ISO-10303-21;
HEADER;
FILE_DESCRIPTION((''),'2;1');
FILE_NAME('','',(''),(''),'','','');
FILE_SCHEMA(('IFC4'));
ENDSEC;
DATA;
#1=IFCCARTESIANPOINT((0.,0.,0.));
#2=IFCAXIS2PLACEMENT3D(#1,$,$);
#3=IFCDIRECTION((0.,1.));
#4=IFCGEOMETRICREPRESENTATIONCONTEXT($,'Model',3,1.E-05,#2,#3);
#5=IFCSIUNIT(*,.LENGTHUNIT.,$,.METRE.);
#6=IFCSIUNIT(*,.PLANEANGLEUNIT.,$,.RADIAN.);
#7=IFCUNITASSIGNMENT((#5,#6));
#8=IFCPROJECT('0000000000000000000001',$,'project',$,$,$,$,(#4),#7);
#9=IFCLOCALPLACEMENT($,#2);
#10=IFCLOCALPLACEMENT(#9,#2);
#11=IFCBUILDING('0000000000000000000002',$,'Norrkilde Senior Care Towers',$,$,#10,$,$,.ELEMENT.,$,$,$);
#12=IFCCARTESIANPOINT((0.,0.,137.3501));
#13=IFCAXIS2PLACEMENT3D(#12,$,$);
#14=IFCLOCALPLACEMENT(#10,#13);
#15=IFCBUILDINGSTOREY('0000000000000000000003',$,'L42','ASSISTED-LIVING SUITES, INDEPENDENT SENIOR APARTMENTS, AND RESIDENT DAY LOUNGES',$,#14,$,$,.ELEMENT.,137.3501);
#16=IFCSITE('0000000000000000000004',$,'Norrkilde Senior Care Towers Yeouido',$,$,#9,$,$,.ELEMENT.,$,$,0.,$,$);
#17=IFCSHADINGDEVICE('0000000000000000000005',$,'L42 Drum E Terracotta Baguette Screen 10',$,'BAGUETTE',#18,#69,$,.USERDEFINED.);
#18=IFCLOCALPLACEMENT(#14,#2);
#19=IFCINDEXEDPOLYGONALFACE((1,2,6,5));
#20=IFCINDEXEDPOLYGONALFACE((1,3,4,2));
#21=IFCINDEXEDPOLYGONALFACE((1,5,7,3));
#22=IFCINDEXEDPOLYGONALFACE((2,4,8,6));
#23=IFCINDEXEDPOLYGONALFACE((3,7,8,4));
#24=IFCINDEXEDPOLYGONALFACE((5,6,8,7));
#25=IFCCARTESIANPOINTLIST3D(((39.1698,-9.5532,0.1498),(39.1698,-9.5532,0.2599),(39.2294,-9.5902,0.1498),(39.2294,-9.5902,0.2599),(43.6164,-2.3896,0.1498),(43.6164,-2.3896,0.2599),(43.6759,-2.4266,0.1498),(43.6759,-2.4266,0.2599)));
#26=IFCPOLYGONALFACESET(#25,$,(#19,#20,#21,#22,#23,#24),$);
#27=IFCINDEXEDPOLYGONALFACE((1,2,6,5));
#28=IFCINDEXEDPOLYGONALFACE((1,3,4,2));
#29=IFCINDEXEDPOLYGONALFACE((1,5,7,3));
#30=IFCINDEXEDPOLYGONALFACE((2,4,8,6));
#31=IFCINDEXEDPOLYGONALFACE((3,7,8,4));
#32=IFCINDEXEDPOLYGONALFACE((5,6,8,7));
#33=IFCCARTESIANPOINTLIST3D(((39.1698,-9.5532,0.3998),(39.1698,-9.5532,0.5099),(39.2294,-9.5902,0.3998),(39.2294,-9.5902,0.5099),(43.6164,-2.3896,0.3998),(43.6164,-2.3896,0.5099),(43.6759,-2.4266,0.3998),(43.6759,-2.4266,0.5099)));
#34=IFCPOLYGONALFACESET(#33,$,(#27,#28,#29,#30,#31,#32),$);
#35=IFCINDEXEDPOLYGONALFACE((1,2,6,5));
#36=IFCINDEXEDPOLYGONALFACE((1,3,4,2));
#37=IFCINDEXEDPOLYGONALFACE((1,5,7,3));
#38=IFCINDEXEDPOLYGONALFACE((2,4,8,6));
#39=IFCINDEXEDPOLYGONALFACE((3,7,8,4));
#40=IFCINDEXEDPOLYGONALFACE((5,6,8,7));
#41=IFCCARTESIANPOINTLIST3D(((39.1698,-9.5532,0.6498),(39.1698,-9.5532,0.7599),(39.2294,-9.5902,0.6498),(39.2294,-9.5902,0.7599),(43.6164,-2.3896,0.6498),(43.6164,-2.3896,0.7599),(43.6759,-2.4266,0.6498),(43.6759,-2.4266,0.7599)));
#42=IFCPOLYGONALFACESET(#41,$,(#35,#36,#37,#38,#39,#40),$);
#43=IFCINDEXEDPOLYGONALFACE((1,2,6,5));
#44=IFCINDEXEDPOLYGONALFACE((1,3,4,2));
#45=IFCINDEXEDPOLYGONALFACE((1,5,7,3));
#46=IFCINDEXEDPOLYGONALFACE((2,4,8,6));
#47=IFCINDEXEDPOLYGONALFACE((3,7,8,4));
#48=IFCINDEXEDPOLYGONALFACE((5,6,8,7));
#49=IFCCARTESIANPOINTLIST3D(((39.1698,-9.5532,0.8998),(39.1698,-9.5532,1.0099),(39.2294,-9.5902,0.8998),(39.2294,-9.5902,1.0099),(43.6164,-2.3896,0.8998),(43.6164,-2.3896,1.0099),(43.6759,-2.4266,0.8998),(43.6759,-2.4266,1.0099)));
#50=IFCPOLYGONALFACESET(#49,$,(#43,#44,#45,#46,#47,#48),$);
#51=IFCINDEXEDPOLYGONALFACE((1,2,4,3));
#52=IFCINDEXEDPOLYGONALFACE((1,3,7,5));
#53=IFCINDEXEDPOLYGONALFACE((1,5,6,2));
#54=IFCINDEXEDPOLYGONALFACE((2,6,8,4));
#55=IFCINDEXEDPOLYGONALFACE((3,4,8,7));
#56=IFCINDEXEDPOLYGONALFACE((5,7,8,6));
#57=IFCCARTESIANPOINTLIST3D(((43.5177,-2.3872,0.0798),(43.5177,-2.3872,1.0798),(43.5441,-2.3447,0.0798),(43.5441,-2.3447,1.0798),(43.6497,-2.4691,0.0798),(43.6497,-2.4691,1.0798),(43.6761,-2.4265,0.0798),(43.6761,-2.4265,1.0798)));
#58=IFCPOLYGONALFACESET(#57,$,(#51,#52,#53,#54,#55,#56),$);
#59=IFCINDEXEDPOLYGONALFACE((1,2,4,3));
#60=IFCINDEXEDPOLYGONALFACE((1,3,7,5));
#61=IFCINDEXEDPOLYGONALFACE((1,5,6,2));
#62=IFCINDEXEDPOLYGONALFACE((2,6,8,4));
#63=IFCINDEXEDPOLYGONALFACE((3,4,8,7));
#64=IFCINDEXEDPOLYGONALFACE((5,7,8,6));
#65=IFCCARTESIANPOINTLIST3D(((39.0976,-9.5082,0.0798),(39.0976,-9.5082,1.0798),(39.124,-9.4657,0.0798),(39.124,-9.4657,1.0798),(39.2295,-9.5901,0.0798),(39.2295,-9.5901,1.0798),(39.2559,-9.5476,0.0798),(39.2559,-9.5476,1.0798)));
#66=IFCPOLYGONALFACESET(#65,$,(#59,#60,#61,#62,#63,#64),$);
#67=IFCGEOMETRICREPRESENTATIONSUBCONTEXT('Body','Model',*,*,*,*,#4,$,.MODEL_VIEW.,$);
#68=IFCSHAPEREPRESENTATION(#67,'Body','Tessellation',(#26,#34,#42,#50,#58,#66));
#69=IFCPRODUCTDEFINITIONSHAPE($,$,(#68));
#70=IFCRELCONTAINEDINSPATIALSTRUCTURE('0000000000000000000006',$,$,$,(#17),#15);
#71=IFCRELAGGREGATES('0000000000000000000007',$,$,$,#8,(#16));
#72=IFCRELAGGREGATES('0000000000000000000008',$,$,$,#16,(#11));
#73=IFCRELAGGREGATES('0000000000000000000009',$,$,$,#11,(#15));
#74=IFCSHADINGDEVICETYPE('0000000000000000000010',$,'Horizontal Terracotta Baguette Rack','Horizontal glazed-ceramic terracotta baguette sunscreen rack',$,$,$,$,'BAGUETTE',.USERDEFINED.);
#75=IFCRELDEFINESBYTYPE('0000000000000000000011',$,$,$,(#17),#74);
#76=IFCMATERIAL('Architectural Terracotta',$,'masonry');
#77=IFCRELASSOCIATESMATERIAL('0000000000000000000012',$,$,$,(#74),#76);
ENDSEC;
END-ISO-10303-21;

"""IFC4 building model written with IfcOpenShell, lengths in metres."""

from ifc_helpers import new_model, si_unit, direction, frame, origin, origin_2d, place, context, subcontext, project, spatial, rectangle, extrude, source, transform, mapped, material, type_object, type_shapes, element, save


model = new_model("IFC4")

# Units and contexts
model_context = context("Model", 3, precision=1e-05, world=origin(), true_north=direction((0.0, 1.0)))
body_context = subcontext(model_context, "Body", "Model", "MODEL_VIEW")
ifc_project = project(units=[si_unit("LENGTHUNIT", "METRE"), si_unit("PLANEANGLEUNIT", "RADIAN")], contexts=[model_context])

# Site, building, storey
site_placement = place(None, origin())
site = spatial("IfcSite", under=ifc_project, at=site_placement, Name="Norrkilde Senior Care Towers Yeouido", CompositionType="ELEMENT", RefElevation=0.0)
building_placement = place(site_placement, origin())
building = spatial("IfcBuilding", under=site, at=building_placement, Name="Norrkilde Senior Care Towers", CompositionType="ELEMENT")
storey_placement = place(building_placement, frame((0.0, 0.0, 137.3501)))
storey = spatial("IfcBuildingStorey", under=building, at=storey_placement, Name="L42", Description="ASSISTED-LIVING SUITES, INDEPENDENT SENIOR APARTMENTS, AND RESIDENT DAY LOUNGES", CompositionType="ELEMENT", Elevation=137.3501)

# Shading device
ifc_material_1 = material(Name="Architectural Terracotta", Category="masonry")
shading_device_type = type_object("IfcShadingDeviceType", Name="Horizontal Terracotta Baguette Rack", Description="Horizontal glazed-ceramic terracotta baguette sunscreen rack", ElementType="BAGUETTE", PredefinedType="USERDEFINED", material=ifc_material_1)
shared_shape_1 = source(origin(), body_context, "Body", "SweptSolid", [
    extrude(rectangle(XDim=0.0701, YDim=0.1101, at=origin_2d()), frame((0.0, 0.0901, 0.125), z_axis=(1.0, 0.0, 0.0), x_axis=(0.0, 1.0, 0.0)), (0.0, 0.0, 1.0), 8.4314),
    extrude(rectangle(XDim=0.0701, YDim=0.1101, at=origin_2d()), frame((0.0, 0.0901, 0.375), z_axis=(1.0, 0.0, 0.0), x_axis=(0.0, 1.0, 0.0)), (0.0, 0.0, 1.0), 8.4314),
    extrude(rectangle(XDim=0.0701, YDim=0.1101, at=origin_2d()), frame((0.0, 0.0901, 0.625), z_axis=(1.0, 0.0, 0.0), x_axis=(0.0, 1.0, 0.0)), (0.0, 0.0, 1.0), 8.4314),
    extrude(rectangle(XDim=0.0701, YDim=0.1101, at=origin_2d()), frame((0.0, 0.0901, 0.875), z_axis=(1.0, 0.0, 0.0), x_axis=(0.0, 1.0, 0.0)), (0.0, 0.0, 1.0), 8.4314),
    extrude(rectangle(XDim=0.05, YDim=0.1553, at=origin_2d()), frame((0.0249, 0.0476, 0.0)), (0.0, 0.0, 1.0), 1.0),
    extrude(rectangle(XDim=0.05, YDim=0.1553, at=origin_2d()), frame((8.4062, 0.0476, 0.0)), (0.0, 0.0, 1.0), 1.0),
])
type_shapes(shading_device_type, [shared_shape_1])
shading_device_placement = place(storey_placement, frame((43.5696, -2.3606, 0.0798), z_axis=(0.0, 0.0, 1.0), x_axis=(-0.527378, -0.849631, 0.0)))
element("IfcShadingDevice", 1, at=shading_device_placement, inside=storey, type_object=shading_device_type, Name="L42 Drum E Terracotta Baguette Screen 10", ObjectType="BAGUETTE", PredefinedType="USERDEFINED", context=body_context, shape_type="MappedRepresentation", body=[
    mapped(shared_shape_1, transform((0.0, 0.0, 0.0), x_axis=(1.0, 0.0, 0.0), y_axis=(0.0, 1.0, 0.0), z_axis=(0.0, 0.0, 1.0), scale=1.0)),
])

save(model, "model.ifc")
